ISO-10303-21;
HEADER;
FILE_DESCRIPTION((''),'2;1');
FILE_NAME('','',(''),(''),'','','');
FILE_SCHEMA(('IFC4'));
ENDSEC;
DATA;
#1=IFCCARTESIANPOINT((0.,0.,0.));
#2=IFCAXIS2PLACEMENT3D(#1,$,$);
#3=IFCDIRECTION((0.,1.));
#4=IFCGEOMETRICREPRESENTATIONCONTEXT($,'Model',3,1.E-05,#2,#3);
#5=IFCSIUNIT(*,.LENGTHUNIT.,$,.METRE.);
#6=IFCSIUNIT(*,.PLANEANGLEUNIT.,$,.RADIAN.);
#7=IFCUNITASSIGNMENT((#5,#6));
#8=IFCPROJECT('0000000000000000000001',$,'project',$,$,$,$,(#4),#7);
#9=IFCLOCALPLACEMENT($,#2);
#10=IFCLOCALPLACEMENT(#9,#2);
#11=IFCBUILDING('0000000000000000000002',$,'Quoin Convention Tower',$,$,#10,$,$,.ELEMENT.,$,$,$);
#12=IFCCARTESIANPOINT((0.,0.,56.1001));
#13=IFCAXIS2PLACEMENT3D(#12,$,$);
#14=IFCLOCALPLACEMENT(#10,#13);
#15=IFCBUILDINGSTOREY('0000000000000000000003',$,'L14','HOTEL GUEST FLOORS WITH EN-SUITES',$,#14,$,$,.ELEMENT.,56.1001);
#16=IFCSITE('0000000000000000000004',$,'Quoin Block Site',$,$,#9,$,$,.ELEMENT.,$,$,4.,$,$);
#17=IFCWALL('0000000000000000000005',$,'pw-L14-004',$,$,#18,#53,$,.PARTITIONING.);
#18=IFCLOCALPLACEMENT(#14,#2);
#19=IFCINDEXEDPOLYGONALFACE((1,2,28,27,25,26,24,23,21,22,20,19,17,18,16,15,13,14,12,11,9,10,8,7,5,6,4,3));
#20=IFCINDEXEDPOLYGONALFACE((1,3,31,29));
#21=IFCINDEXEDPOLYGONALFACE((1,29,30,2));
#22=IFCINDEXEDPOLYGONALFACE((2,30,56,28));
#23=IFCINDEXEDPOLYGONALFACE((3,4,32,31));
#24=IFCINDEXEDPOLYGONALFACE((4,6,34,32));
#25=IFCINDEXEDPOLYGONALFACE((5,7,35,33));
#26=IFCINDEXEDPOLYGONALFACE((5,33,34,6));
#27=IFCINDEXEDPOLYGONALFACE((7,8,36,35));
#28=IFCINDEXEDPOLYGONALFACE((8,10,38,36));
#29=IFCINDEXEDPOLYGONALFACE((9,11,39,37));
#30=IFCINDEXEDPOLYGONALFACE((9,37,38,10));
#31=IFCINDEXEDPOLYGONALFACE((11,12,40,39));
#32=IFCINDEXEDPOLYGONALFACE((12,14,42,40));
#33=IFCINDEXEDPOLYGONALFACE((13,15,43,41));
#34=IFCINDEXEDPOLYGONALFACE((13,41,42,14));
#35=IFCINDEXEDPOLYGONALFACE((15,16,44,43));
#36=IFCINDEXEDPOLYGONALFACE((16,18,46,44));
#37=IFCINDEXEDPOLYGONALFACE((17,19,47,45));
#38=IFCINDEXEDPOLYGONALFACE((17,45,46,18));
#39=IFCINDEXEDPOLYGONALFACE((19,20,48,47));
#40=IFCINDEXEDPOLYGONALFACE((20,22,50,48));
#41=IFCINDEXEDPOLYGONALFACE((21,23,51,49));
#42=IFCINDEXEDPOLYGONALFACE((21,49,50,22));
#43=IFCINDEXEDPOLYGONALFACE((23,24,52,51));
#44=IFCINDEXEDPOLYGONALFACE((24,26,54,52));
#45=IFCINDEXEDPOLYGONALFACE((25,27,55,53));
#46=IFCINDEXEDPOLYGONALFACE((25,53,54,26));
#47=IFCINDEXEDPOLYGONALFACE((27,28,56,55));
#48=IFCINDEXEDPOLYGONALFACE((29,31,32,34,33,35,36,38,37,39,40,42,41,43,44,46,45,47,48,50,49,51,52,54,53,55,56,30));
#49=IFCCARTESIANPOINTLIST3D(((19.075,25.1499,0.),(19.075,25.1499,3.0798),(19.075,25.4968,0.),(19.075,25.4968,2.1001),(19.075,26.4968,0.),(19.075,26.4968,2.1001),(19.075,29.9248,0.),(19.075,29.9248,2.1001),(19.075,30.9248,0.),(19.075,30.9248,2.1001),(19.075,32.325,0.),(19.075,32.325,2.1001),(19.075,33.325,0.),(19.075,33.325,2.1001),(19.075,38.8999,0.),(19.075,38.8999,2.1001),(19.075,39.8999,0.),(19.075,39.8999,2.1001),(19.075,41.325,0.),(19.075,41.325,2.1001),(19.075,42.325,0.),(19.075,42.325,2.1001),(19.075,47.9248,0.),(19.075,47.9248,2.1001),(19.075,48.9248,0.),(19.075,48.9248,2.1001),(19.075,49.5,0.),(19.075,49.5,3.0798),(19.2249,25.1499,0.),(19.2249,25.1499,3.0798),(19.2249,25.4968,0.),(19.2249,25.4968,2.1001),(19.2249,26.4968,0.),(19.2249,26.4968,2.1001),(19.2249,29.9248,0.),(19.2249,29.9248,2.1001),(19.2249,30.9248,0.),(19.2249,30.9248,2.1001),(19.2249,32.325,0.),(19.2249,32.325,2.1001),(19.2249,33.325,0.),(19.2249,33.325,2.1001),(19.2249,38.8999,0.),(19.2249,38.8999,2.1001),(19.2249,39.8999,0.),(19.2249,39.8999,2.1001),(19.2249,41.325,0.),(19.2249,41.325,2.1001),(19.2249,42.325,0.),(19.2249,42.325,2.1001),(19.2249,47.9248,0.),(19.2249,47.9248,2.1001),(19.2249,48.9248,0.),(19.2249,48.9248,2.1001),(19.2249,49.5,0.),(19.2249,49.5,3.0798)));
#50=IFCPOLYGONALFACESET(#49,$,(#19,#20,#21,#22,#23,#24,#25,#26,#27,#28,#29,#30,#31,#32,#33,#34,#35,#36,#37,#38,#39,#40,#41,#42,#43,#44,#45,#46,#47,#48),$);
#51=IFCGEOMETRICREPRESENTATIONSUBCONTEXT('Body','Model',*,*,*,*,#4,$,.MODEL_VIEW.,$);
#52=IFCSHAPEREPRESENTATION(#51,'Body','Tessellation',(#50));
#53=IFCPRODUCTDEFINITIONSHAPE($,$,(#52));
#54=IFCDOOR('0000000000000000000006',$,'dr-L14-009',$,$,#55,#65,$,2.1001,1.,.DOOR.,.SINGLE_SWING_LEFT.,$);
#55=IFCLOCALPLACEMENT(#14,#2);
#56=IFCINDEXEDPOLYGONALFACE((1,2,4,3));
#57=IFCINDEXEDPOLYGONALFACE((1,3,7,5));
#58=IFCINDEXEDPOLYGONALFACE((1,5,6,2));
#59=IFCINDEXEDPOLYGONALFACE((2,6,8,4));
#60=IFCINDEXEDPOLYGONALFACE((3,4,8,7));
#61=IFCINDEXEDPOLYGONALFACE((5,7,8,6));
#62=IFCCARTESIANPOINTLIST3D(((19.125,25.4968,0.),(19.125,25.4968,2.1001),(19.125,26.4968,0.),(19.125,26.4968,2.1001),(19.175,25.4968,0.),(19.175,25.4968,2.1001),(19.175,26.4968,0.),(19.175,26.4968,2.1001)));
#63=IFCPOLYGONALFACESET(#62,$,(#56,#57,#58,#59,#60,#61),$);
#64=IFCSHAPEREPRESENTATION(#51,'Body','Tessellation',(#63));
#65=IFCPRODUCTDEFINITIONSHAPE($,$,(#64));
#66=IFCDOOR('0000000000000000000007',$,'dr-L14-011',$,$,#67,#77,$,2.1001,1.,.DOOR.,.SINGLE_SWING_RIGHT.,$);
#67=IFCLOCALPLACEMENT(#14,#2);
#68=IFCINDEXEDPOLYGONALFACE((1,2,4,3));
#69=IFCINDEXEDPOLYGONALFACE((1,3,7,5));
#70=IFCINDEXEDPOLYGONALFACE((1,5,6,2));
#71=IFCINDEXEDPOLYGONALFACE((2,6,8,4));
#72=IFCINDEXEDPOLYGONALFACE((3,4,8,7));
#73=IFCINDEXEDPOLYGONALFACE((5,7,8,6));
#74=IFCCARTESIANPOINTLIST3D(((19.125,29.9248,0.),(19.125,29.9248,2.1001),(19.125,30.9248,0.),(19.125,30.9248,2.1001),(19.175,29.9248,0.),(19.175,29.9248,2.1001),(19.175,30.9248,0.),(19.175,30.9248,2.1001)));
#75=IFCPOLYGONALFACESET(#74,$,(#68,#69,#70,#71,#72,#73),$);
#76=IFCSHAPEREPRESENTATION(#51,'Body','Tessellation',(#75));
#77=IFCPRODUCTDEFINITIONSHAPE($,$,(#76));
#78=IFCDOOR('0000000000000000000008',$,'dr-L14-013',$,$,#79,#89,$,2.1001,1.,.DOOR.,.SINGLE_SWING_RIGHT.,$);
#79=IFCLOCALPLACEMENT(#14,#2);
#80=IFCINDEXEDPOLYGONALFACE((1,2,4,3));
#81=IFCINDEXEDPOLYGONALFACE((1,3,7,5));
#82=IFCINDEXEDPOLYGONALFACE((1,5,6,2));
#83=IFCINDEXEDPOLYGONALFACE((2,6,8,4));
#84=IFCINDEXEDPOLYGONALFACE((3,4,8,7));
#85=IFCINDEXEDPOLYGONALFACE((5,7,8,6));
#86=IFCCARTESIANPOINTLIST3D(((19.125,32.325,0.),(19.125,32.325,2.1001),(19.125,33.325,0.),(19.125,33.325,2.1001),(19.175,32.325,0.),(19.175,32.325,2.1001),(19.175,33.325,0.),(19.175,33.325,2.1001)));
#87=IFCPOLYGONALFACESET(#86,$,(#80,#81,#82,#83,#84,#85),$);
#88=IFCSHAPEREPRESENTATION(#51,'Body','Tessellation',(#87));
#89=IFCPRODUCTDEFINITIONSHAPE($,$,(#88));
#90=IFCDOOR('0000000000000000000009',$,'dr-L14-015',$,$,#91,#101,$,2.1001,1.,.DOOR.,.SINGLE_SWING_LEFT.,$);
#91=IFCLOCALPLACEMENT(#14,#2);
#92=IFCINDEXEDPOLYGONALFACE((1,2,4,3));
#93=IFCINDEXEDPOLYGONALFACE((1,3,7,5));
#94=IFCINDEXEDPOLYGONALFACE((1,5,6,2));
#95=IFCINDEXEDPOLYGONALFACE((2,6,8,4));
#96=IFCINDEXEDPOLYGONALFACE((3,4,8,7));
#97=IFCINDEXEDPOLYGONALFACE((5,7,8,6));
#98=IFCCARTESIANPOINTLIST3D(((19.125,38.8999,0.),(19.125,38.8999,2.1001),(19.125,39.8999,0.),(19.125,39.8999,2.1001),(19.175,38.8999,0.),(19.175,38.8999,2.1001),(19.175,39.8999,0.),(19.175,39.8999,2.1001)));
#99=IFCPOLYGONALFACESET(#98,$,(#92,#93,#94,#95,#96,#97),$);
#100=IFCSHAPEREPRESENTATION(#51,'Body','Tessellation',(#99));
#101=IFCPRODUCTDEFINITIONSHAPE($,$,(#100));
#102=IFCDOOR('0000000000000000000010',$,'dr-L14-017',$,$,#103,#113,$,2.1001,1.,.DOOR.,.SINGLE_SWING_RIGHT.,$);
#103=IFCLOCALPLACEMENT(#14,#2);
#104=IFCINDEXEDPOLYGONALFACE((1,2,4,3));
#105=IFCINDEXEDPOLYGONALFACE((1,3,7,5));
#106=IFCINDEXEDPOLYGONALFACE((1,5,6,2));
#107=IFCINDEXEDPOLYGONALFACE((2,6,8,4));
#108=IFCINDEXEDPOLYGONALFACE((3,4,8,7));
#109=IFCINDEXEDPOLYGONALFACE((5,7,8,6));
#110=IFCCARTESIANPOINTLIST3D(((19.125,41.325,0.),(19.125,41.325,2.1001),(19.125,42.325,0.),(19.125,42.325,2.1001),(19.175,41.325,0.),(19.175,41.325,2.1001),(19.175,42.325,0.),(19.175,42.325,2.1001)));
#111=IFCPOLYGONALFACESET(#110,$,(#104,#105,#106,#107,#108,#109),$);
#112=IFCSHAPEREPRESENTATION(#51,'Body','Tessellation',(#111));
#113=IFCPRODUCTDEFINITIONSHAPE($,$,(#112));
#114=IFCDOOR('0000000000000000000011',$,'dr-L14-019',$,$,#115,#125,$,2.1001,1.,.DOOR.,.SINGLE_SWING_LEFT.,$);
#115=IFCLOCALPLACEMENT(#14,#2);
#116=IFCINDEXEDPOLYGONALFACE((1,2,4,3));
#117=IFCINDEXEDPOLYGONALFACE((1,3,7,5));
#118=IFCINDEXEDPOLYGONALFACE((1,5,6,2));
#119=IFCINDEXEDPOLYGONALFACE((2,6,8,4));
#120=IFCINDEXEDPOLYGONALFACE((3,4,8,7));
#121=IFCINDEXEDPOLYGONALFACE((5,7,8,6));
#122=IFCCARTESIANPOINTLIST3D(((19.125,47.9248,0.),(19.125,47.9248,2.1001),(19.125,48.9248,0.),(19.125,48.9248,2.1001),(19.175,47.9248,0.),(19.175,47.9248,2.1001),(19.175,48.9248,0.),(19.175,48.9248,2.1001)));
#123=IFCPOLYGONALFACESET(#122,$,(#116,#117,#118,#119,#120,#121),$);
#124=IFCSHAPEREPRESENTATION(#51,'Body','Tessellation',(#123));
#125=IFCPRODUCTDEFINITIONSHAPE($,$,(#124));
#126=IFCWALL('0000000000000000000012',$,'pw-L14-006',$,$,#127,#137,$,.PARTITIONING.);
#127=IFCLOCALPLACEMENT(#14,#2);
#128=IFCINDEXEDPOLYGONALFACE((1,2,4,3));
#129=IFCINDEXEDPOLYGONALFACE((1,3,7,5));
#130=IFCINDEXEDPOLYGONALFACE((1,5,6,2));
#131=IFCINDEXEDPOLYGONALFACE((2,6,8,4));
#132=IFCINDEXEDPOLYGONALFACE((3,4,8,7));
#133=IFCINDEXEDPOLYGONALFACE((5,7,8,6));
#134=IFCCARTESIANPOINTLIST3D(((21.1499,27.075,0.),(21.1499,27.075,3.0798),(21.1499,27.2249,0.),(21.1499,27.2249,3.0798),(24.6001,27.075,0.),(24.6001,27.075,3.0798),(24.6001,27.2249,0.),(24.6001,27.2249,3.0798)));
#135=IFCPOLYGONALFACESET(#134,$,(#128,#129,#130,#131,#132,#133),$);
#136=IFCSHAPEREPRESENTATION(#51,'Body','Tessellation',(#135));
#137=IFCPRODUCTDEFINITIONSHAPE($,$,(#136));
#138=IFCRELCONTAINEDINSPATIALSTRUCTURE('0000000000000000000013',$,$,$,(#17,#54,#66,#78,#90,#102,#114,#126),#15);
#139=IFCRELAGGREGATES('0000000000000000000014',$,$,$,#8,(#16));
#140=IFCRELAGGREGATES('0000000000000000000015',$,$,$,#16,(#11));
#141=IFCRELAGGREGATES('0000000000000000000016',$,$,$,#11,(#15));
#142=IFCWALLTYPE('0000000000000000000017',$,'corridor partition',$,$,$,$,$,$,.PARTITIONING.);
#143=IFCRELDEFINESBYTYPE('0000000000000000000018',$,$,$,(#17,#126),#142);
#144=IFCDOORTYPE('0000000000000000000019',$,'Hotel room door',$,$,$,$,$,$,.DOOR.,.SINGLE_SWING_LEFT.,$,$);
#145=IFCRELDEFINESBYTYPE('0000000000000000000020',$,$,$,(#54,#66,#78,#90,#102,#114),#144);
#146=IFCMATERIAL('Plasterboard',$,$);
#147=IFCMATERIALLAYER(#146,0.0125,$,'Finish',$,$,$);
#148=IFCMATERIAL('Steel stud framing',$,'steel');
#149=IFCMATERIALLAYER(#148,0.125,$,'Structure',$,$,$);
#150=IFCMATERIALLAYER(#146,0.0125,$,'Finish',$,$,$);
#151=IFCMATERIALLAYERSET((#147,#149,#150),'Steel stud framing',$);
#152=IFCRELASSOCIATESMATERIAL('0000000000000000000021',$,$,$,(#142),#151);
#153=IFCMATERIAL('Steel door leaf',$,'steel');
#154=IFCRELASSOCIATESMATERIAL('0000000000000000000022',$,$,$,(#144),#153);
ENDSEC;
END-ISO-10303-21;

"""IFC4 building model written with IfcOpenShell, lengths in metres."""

from ifc_helpers import new_model, si_unit, direction, frame, frame_2d, origin, place, context, subcontext, project, spatial, rectangle, extrude, material, layer, layer_set, type_object, element, fill, save


model = new_model("IFC4")

# Units and contexts
model_context = context("Model", 3, precision=1e-05, world=origin(), true_north=direction((0.0, 1.0)))
body_context = subcontext(model_context, "Body", "Model", "MODEL_VIEW")
ifc_project = project(units=[si_unit("LENGTHUNIT", "METRE"), si_unit("PLANEANGLEUNIT", "RADIAN")], contexts=[model_context])

# Site, building, storey
site_placement = place(None, origin())
site = spatial("IfcSite", under=ifc_project, at=site_placement, Name="Quoin Block Site", CompositionType="ELEMENT", RefElevation=4.0)
building_placement = place(site_placement, origin())
building = spatial("IfcBuilding", under=site, at=building_placement, Name="Quoin Convention Tower", CompositionType="ELEMENT")
storey_placement = place(building_placement, frame((0.0, 0.0, 56.1001)))
storey = spatial("IfcBuildingStorey", under=building, at=storey_placement, Name="L14", Description="HOTEL GUEST FLOORS WITH EN-SUITES", CompositionType="ELEMENT", Elevation=56.1001)

# Shared definitions
ifc_material_1 = material(Name="Steel door leaf", Category="steel")

# Wall, openings, doors
ifc_material_2 = material(Name="Plasterboard")
ifc_layer_1 = layer(ifc_material_2, 0.0125, Name="Finish")
ifc_material_3 = material(Name="Steel stud framing", Category="steel")
ifc_layer_2 = layer(ifc_material_3, 0.125, Name="Structure")
ifc_layer_3 = layer(ifc_material_2, 0.0125, Name="Finish")
ifc_layer_set_1 = layer_set([ifc_layer_1, ifc_layer_2, ifc_layer_3], Name="Steel stud framing")
wall_type_1 = type_object("IfcWallType", Name="corridor partition", PredefinedType="PARTITIONING", material=ifc_layer_set_1)
door_type_1 = type_object("IfcDoorType", Name="Hotel room door", OperationType="SINGLE_SWING_LEFT", PredefinedType="DOOR", material=ifc_material_1)
wall_1_placement = place(storey_placement, frame((19.1499, 25.1499, 0.0), z_axis=(0.0, 0.0, 1.0), x_axis=(0.0, 1.0, 0.0)))
wall_1 = element("IfcWall", 1, at=wall_1_placement, inside=storey, type_object=wall_type_1, Name="pw-L14-004", PredefinedType="PARTITIONING", context=body_context, shape_type="SweptSolid", body=[
    extrude(rectangle(XDim=24.3501, YDim=0.1499, at=frame_2d((12.175, 0.0))), origin(), (0.0, 0.0, 1.0), 3.0798),
])
opening_1_placement = place(wall_1_placement, frame((0.3469, 0.0, 0.0)))
opening_1 = element("IfcOpeningElement", 2, at=opening_1_placement, cuts=wall_1, PredefinedType="OPENING", context=body_context, shape_type="SweptSolid", body=[
    extrude(rectangle(XDim=1.0, YDim=2.1001, at=frame_2d((0.5, 1.05))), frame((0.0, 0.085, 0.0), z_axis=(0.0, -1.0, 0.0), x_axis=(1.0, 0.0, 0.0)), (0.0, 0.0, 1.0), 0.1699),
])
opening_2_placement = place(wall_1_placement, frame((4.7749, 0.0, 0.0)))
opening_2 = element("IfcOpeningElement", 3, at=opening_2_placement, cuts=wall_1, PredefinedType="OPENING", context=body_context, shape_type="SweptSolid", body=[
    extrude(rectangle(XDim=1.0, YDim=2.1001, at=frame_2d((0.5, 1.05))), frame((0.0, 0.085, 0.0), z_axis=(0.0, -1.0, 0.0), x_axis=(1.0, 0.0, 0.0)), (0.0, 0.0, 1.0), 0.1699),
])
opening_3_placement = place(wall_1_placement, frame((7.175, 0.0, 0.0)))
opening_3 = element("IfcOpeningElement", 4, at=opening_3_placement, cuts=wall_1, PredefinedType="OPENING", context=body_context, shape_type="SweptSolid", body=[
    extrude(rectangle(XDim=1.0, YDim=2.1001, at=frame_2d((0.5, 1.05))), frame((0.0, 0.085, 0.0), z_axis=(0.0, -1.0, 0.0), x_axis=(1.0, 0.0, 0.0)), (0.0, 0.0, 1.0), 0.1699),
])
opening_4_placement = place(wall_1_placement, frame((13.75, 0.0, 0.0)))
opening_4 = element("IfcOpeningElement", 5, at=opening_4_placement, cuts=wall_1, PredefinedType="OPENING", context=body_context, shape_type="SweptSolid", body=[
    extrude(rectangle(XDim=1.0, YDim=2.1001, at=frame_2d((0.5, 1.05))), frame((0.0, 0.085, 0.0), z_axis=(0.0, -1.0, 0.0), x_axis=(1.0, 0.0, 0.0)), (0.0, 0.0, 1.0), 0.1699),
])
opening_5_placement = place(wall_1_placement, frame((16.175, 0.0, 0.0)))
opening_5 = element("IfcOpeningElement", 6, at=opening_5_placement, cuts=wall_1, PredefinedType="OPENING", context=body_context, shape_type="SweptSolid", body=[
    extrude(rectangle(XDim=1.0, YDim=2.1001, at=frame_2d((0.5, 1.05))), frame((0.0, 0.085, 0.0), z_axis=(0.0, -1.0, 0.0), x_axis=(1.0, 0.0, 0.0)), (0.0, 0.0, 1.0), 0.1699),
])
opening_6_placement = place(wall_1_placement, frame((22.7749, 0.0, 0.0)))
opening_6 = element("IfcOpeningElement", 7, at=opening_6_placement, cuts=wall_1, PredefinedType="OPENING", context=body_context, shape_type="SweptSolid", body=[
    extrude(rectangle(XDim=1.0, YDim=2.1001, at=frame_2d((0.5, 1.05))), frame((0.0, 0.085, 0.0), z_axis=(0.0, -1.0, 0.0), x_axis=(1.0, 0.0, 0.0)), (0.0, 0.0, 1.0), 0.1699),
])
door_1_placement = place(opening_1_placement, origin())
door_1 = element("IfcDoor", 8, at=door_1_placement, inside=storey, type_object=door_type_1, Name="dr-L14-009", OperationType="SINGLE_SWING_LEFT", OverallHeight=2.1001, OverallWidth=1.0, PredefinedType="DOOR", context=body_context, shape_type="SweptSolid", body=[
    extrude(rectangle(XDim=1.0, YDim=2.1001, at=frame_2d((0.5, 1.05))), frame((0.0, 0.0249, 0.0), z_axis=(0.0, -1.0, 0.0), x_axis=(1.0, 0.0, 0.0)), (0.0, 0.0, 1.0), 0.05),
])
fill(opening_1, door_1)
door_2_placement = place(opening_2_placement, origin())
door_2 = element("IfcDoor", 9, at=door_2_placement, inside=storey, type_object=door_type_1, Name="dr-L14-011", OperationType="SINGLE_SWING_RIGHT", OverallHeight=2.1001, OverallWidth=1.0, PredefinedType="DOOR", context=body_context, shape_type="SweptSolid", body=[
    extrude(rectangle(XDim=1.0, YDim=2.1001, at=frame_2d((0.5, 1.05))), frame((0.0, 0.0249, 0.0), z_axis=(0.0, -1.0, 0.0), x_axis=(1.0, 0.0, 0.0)), (0.0, 0.0, 1.0), 0.05),
])
fill(opening_2, door_2)
door_3_placement = place(opening_3_placement, origin())
door_3 = element("IfcDoor", 10, at=door_3_placement, inside=storey, type_object=door_type_1, Name="dr-L14-013", OperationType="SINGLE_SWING_RIGHT", OverallHeight=2.1001, OverallWidth=1.0, PredefinedType="DOOR", context=body_context, shape_type="SweptSolid", body=[
    extrude(rectangle(XDim=1.0, YDim=2.1001, at=frame_2d((0.5, 1.05))), frame((0.0, 0.0249, 0.0), z_axis=(0.0, -1.0, 0.0), x_axis=(1.0, 0.0, 0.0)), (0.0, 0.0, 1.0), 0.05),
])
fill(opening_3, door_3)
door_4_placement = place(opening_4_placement, origin())
door_4 = element("IfcDoor", 11, at=door_4_placement, inside=storey, type_object=door_type_1, Name="dr-L14-015", OperationType="SINGLE_SWING_LEFT", OverallHeight=2.1001, OverallWidth=1.0, PredefinedType="DOOR", context=body_context, shape_type="SweptSolid", body=[
    extrude(rectangle(XDim=1.0, YDim=2.1001, at=frame_2d((0.5, 1.05))), frame((0.0, 0.0249, 0.0), z_axis=(0.0, -1.0, 0.0), x_axis=(1.0, 0.0, 0.0)), (0.0, 0.0, 1.0), 0.05),
])
fill(opening_4, door_4)
door_5_placement = place(opening_5_placement, origin())
door_5 = element("IfcDoor", 12, at=door_5_placement, inside=storey, type_object=door_type_1, Name="dr-L14-017", OperationType="SINGLE_SWING_RIGHT", OverallHeight=2.1001, OverallWidth=1.0, PredefinedType="DOOR", context=body_context, shape_type="SweptSolid", body=[
    extrude(rectangle(XDim=1.0, YDim=2.1001, at=frame_2d((0.5, 1.05))), frame((0.0, 0.0249, 0.0), z_axis=(0.0, -1.0, 0.0), x_axis=(1.0, 0.0, 0.0)), (0.0, 0.0, 1.0), 0.05),
])
fill(opening_5, door_5)
door_6_placement = place(opening_6_placement, origin())
door_6 = element("IfcDoor", 13, at=door_6_placement, inside=storey, type_object=door_type_1, Name="dr-L14-019", OperationType="SINGLE_SWING_LEFT", OverallHeight=2.1001, OverallWidth=1.0, PredefinedType="DOOR", context=body_context, shape_type="SweptSolid", body=[
    extrude(rectangle(XDim=1.0, YDim=2.1001, at=frame_2d((0.5, 1.05))), frame((0.0, 0.0249, 0.0), z_axis=(0.0, -1.0, 0.0), x_axis=(1.0, 0.0, 0.0)), (0.0, 0.0, 1.0), 0.05),
])
fill(opening_6, door_6)

# Wall
wall_2_placement = place(storey_placement, frame((21.1499, 27.1499, 0.0), z_axis=(0.0, 0.0, 1.0), x_axis=(1.0, 0.0, 0.0)))
element("IfcWall", 14, at=wall_2_placement, inside=storey, type_object=wall_type_1, Name="pw-L14-006", PredefinedType="PARTITIONING", context=body_context, shape_type="SweptSolid", body=[
    extrude(rectangle(XDim=3.4502, YDim=0.1499, at=frame_2d((1.7251, 0.0))), origin(), (0.0, 0.0, 1.0), 3.0798),
])

save(model, "model.ifc")
